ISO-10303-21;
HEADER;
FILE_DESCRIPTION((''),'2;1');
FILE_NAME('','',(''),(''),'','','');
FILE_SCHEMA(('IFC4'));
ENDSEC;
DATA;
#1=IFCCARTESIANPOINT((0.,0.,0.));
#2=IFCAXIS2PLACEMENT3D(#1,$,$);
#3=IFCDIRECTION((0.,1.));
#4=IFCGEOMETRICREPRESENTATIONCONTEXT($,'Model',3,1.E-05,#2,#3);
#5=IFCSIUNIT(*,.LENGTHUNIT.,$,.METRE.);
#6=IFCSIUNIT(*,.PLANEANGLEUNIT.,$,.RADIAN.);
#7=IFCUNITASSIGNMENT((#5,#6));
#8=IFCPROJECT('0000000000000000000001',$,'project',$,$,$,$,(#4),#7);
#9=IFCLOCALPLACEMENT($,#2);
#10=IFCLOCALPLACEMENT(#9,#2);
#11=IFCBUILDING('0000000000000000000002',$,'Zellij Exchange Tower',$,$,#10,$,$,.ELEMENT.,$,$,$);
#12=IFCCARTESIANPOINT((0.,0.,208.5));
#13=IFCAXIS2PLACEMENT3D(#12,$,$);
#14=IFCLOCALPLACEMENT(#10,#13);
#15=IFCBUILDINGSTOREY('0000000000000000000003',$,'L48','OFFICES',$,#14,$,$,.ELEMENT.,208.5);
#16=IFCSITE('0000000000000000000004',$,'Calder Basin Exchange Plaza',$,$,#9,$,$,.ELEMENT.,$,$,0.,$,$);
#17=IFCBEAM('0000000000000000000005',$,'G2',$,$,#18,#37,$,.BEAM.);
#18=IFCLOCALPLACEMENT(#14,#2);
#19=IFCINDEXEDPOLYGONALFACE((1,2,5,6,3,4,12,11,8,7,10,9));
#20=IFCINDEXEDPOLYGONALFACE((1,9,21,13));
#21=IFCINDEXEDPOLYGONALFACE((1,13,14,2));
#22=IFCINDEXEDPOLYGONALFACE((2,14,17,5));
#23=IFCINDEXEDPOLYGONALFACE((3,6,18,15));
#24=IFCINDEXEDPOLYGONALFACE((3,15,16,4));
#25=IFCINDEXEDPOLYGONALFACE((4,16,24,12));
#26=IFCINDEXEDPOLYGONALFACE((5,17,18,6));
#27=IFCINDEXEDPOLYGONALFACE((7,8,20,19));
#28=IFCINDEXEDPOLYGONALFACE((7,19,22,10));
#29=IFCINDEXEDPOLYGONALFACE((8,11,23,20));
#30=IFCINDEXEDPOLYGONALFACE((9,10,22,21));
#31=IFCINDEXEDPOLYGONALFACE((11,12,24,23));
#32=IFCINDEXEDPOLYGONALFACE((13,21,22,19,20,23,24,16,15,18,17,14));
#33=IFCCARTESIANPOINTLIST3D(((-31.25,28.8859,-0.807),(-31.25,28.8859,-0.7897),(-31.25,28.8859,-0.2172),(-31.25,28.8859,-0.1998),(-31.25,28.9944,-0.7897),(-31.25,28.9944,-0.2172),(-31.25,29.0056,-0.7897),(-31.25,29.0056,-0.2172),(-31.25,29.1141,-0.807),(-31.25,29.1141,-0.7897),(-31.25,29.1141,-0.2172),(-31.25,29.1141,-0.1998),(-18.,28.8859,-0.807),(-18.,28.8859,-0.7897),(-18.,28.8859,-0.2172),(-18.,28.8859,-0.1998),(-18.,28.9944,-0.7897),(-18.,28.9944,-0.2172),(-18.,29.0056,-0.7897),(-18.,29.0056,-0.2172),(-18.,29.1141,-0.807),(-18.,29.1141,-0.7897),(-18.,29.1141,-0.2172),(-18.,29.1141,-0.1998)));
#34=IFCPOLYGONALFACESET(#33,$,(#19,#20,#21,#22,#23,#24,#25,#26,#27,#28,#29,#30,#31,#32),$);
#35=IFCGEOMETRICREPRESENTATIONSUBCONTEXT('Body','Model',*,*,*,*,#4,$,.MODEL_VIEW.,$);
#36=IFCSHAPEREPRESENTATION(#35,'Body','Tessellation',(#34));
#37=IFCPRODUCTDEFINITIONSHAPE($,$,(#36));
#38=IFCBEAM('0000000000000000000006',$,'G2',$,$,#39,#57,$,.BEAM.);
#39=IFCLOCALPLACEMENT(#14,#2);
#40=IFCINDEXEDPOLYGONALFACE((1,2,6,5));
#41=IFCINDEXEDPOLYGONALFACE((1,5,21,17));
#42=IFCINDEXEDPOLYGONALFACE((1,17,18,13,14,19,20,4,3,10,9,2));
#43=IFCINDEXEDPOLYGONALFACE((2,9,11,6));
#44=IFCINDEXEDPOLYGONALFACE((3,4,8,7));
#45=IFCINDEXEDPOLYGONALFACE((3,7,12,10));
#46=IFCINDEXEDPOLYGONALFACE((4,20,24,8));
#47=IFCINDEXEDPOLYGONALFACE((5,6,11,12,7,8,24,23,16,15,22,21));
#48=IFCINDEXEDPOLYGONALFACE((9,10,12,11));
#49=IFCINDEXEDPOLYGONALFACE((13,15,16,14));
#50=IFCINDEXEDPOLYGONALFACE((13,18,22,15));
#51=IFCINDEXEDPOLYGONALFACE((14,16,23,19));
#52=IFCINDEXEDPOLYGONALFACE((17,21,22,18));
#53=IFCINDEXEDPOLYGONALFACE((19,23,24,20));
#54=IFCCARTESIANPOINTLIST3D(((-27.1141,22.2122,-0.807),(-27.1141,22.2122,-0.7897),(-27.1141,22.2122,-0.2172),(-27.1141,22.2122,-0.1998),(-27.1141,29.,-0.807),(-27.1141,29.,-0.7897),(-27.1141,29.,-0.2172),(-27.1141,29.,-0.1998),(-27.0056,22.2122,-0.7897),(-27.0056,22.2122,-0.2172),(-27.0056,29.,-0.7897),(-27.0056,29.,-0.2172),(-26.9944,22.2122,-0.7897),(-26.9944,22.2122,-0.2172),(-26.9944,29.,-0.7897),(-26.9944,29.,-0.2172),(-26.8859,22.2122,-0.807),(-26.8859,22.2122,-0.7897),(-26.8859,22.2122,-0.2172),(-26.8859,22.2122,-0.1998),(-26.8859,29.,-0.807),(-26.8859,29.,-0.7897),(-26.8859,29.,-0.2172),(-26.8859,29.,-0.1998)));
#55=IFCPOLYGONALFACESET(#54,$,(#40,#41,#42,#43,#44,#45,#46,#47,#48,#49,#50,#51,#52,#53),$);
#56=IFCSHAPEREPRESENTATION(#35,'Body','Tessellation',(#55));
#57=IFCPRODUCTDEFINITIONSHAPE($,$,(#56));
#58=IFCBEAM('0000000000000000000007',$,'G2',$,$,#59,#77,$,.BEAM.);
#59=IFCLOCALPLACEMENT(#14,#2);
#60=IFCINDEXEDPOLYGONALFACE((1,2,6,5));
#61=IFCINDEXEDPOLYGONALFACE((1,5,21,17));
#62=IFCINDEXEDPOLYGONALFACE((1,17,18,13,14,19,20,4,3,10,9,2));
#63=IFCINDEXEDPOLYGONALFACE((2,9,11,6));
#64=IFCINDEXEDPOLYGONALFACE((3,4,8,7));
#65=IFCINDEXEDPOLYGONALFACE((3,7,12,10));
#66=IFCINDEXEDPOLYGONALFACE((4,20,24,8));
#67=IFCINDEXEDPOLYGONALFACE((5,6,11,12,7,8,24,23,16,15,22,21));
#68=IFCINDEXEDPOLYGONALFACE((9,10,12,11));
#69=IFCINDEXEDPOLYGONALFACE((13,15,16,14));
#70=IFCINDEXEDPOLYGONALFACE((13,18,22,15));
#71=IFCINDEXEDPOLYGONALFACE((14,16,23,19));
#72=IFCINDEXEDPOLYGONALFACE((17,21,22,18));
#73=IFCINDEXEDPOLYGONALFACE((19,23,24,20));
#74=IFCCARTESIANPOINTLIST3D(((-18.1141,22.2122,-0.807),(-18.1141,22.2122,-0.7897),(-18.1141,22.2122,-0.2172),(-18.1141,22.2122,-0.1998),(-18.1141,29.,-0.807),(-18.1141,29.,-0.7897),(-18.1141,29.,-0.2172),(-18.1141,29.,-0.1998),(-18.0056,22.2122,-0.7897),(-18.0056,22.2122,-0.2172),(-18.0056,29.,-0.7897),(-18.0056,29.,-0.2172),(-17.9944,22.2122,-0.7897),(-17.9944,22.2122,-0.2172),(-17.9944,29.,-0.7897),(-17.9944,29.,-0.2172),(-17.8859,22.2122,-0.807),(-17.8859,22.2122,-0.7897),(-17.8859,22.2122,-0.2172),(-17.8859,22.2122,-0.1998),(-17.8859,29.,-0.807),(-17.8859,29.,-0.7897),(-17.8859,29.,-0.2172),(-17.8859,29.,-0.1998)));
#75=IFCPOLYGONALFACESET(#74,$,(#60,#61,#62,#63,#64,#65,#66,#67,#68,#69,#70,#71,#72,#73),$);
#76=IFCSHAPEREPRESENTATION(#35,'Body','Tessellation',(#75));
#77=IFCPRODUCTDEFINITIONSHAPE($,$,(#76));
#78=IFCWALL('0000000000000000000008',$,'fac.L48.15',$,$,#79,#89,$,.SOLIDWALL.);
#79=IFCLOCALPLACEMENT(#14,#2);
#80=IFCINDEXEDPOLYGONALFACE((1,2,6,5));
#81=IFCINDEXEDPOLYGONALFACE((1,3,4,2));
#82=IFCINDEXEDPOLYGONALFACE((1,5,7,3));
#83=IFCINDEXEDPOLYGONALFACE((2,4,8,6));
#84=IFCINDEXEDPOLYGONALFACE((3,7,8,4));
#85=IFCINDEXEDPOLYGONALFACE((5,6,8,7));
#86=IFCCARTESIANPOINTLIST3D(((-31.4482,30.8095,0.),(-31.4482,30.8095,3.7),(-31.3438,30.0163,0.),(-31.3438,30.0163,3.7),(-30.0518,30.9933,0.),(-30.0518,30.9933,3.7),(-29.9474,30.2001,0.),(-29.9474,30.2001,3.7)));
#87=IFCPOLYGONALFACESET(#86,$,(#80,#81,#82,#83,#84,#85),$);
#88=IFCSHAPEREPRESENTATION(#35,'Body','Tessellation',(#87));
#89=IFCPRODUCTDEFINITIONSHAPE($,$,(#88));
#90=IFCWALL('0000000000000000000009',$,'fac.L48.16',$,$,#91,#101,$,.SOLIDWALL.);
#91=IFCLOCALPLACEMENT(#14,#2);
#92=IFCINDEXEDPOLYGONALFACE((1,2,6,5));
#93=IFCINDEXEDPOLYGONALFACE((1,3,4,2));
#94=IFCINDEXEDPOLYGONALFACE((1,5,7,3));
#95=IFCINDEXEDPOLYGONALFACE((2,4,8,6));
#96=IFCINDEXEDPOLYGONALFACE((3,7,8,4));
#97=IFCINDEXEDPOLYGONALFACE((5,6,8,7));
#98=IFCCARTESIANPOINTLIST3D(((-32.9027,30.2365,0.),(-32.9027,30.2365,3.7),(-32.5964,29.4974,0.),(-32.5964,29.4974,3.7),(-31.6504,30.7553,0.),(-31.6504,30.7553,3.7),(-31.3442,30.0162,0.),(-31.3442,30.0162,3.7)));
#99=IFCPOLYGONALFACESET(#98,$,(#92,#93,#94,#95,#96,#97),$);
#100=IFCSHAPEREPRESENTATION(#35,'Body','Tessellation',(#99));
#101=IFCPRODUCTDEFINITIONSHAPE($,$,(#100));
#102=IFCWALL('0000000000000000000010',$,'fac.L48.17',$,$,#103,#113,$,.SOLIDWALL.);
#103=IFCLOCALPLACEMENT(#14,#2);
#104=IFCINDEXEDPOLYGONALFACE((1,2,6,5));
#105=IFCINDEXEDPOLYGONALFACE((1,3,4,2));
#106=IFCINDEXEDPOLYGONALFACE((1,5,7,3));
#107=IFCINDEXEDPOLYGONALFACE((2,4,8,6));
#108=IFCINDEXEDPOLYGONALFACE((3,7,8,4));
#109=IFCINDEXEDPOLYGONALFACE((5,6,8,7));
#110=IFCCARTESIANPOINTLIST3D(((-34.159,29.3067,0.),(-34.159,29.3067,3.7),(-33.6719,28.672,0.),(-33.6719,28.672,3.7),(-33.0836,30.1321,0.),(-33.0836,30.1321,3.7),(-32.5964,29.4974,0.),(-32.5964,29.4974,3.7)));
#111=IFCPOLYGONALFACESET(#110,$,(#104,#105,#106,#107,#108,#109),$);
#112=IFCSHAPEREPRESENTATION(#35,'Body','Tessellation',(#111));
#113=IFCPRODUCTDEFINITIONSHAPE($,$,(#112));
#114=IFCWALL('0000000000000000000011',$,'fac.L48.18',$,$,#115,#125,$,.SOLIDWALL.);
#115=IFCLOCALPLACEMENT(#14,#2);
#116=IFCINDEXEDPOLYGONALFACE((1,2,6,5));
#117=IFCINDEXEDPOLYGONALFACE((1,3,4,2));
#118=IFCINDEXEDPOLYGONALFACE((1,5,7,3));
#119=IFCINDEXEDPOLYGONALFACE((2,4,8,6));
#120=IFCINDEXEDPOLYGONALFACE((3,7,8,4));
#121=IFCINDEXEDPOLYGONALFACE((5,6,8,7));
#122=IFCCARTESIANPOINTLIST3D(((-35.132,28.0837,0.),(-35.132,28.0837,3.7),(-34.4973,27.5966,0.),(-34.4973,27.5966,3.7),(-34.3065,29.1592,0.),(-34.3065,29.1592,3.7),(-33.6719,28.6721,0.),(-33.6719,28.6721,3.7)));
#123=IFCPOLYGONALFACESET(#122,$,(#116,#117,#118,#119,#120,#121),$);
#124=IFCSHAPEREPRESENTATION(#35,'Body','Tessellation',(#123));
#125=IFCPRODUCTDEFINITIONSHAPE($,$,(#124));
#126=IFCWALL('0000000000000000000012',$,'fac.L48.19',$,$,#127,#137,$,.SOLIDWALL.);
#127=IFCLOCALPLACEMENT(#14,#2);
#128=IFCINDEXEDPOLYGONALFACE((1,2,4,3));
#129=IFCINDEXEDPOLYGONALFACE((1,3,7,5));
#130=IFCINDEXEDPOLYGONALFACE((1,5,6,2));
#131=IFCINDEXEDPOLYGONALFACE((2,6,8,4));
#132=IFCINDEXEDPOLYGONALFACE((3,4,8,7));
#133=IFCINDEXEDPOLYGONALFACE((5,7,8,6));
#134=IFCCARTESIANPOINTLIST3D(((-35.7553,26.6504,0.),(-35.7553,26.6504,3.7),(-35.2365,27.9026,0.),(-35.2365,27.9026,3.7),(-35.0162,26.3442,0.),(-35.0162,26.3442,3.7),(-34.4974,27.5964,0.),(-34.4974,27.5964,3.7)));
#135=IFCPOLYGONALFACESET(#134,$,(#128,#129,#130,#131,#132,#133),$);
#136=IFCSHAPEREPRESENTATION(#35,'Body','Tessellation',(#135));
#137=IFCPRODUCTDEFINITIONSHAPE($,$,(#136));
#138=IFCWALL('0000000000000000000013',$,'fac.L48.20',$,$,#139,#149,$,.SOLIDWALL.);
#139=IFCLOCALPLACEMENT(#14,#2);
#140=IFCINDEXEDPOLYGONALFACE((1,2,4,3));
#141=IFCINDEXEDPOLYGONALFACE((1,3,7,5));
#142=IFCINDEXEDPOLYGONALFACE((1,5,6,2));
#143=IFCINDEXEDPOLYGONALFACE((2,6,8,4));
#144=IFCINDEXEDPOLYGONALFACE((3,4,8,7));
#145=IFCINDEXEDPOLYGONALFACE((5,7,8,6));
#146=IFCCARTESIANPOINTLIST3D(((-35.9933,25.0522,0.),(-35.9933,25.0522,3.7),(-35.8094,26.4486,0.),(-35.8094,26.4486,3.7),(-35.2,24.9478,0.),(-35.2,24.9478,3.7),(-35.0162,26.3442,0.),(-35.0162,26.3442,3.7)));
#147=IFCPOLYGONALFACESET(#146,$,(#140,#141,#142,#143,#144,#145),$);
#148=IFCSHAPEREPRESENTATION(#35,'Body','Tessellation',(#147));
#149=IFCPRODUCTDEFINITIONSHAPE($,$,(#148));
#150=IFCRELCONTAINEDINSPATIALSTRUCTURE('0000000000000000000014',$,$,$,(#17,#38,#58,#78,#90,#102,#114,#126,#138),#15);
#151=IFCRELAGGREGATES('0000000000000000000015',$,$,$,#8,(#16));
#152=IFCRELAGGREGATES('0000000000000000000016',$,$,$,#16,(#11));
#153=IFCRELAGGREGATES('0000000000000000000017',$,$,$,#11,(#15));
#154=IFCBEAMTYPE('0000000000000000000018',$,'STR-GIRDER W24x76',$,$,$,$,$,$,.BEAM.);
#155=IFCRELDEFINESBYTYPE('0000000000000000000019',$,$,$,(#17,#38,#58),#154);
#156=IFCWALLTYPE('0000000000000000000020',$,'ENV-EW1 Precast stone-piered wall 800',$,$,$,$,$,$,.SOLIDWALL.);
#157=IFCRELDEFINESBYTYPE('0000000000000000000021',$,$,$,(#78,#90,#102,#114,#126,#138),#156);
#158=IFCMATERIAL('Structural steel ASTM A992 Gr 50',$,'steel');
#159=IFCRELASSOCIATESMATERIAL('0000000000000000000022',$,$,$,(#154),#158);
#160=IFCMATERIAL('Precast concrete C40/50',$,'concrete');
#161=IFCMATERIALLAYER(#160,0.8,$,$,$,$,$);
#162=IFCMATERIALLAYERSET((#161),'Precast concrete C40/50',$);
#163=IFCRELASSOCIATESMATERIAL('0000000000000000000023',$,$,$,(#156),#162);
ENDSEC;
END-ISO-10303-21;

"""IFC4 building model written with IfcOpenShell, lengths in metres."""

from ifc_helpers import new_model, si_unit, direction, frame, frame_2d, origin, origin_2d, place, context, subcontext, project, spatial, rectangle, i_section, extrude, material, layer, layer_set, material_profile, profile_set, type_object, element, save


model = new_model("IFC4")

# Units and contexts
model_context = context("Model", 3, precision=1e-05, world=origin(), true_north=direction((0.0, 1.0)))
body_context = subcontext(model_context, "Body", "Model", "MODEL_VIEW")
ifc_project = project(units=[si_unit("LENGTHUNIT", "METRE"), si_unit("PLANEANGLEUNIT", "RADIAN")], contexts=[model_context])

# Site, building, storey
site_placement = place(None, origin())
site = spatial("IfcSite", under=ifc_project, at=site_placement, Name="Calder Basin Exchange Plaza", CompositionType="ELEMENT", RefElevation=0.0)
building_placement = place(site_placement, origin())
building = spatial("IfcBuilding", under=site, at=building_placement, Name="Zellij Exchange Tower", CompositionType="ELEMENT")
storey_placement = place(building_placement, frame((0.0, 0.0, 208.5)))
storey = spatial("IfcBuildingStorey", under=building, at=storey_placement, Name="L48", Description="OFFICES", CompositionType="ELEMENT", Elevation=208.5)

# Beams
ifc_material_1 = material(Name="Structural steel ASTM A992 Gr 50", Category="steel")
ifc_material_profile_1 = material_profile(ifc_material_1, i_section(OverallWidth=0.2283, OverallDepth=0.6072, WebThickness=0.0112, FlangeThickness=0.0173, at=origin_2d()), Name="W24x76")
ifc_profile_set_1 = profile_set([ifc_material_profile_1], Name="Structural steel ASTM A992 Gr 50")
beam_type_1 = type_object("IfcBeamType", Name="STR-GIRDER W24x76", PredefinedType="BEAM", material=ifc_profile_set_1)
beam_1_placement = place(storey_placement, frame((-31.25, 29.0, -0.5034), z_axis=(1.0, 0.0, 0.0), x_axis=(0.0, 1.0, 0.0)))
element("IfcBeam", 1, at=beam_1_placement, inside=storey, type_object=beam_type_1, Name="G2", PredefinedType="BEAM", context=body_context, shape_type="SweptSolid", body=[
    extrude(i_section(OverallWidth=0.2283, OverallDepth=0.6072, WebThickness=0.0112, FlangeThickness=0.0173, at=origin_2d()), origin(), (0.0, 0.0, 1.0), 13.25),
])
for number, where, z_axis, x_axis, name in (
    (2, (-27.0, 22.2122, -0.5034), (0.0, 1.0, 0.0), (-1.0, 0.0, 0.0), "G2"),
    (3, (-18.0, 22.2122, -0.5034), (0.0, 1.0, 0.0), (-1.0, 0.0, 0.0), "G2"),
):
    element("IfcBeam", number, at=place(storey_placement, frame(where, z_axis=z_axis, x_axis=x_axis)), inside=storey, type_object=beam_type_1, Name=name, PredefinedType="BEAM", context=body_context, shape_type="SweptSolid", body=[
        extrude(i_section(OverallWidth=0.2283, OverallDepth=0.6072, WebThickness=0.0112, FlangeThickness=0.0173, at=origin_2d()), origin(), (0.0, 0.0, 1.0), 6.7878),
    ])

# Walls
ifc_material_2 = material(Name="Precast concrete C40/50", Category="concrete")
ifc_layer_1 = layer(ifc_material_2, 0.8)
ifc_layer_set_1 = layer_set([ifc_layer_1], Name="Precast concrete C40/50")
wall_type_1 = type_object("IfcWallType", Name="ENV-EW1 Precast stone-piered wall 800", PredefinedType="SOLIDWALL", material=ifc_layer_set_1)
wall_1_placement = place(storey_placement, frame((-29.9998, 30.5967, 0.0), z_axis=(0.0, 0.0, 1.0), x_axis=(-0.991446, -0.130517, 0.0)))
element("IfcWall", 4, at=wall_1_placement, inside=storey, type_object=wall_type_1, Name="fac.L48.15", PredefinedType="SOLIDWALL", context=body_context, shape_type="SweptSolid", body=[
    extrude(rectangle(XDim=1.4084, YDim=0.8, at=frame_2d((0.7041, 0.0))), origin(), (0.0, 0.0, 1.0), 3.7),
])
wall_2_placement = place(storey_placement, frame((-31.4973, 30.3857, 0.0), z_axis=(0.0, 0.0, 1.0), x_axis=(-0.923848, -0.38276, 0.0)))
element("IfcWall", 5, at=wall_2_placement, inside=storey, type_object=wall_type_1, Name="fac.L48.16", PredefinedType="SOLIDWALL", context=body_context, shape_type="SweptSolid", body=[
    extrude(rectangle(XDim=1.3555, YDim=0.8, at=frame_2d((0.6777, 0.0))), origin(), (0.0, 0.0, 1.0), 3.7),
])
for number, where, z_axis, x_axis, name in (
    (6, (-32.8401, 29.8147, 0.0), (0.0, 0.0, 1.0), (-0.793273, -0.608866, 0.0), "fac.L48.17"),
    (7, (-33.9893, 28.9155, 0.0), (0.0, 0.0, 1.0), (-0.608866, -0.793273, 0.0), "fac.L48.18"),
):
    element("IfcWall", number, at=place(storey_placement, frame(where, z_axis=z_axis, x_axis=x_axis)), inside=storey, type_object=wall_type_1, Name=name, PredefinedType="SOLIDWALL", context=body_context, shape_type="SweptSolid", body=[
        extrude(rectangle(XDim=1.3557, YDim=0.8, at=frame_2d((0.6777, 0.0))), origin(), (0.0, 0.0, 1.0), 3.7),
    ])
wall_3_placement = place(storey_placement, frame((-34.8669, 27.7495, 0.0), z_axis=(0.0, 0.0, 1.0), x_axis=(-0.38276, -0.923848, 0.0)))
element("IfcWall", 8, at=wall_3_placement, inside=storey, type_object=wall_type_1, Name="fac.L48.19", PredefinedType="SOLIDWALL", context=body_context, shape_type="SweptSolid", body=[
    extrude(rectangle(XDim=1.3555, YDim=0.8, at=frame_2d((0.6777, 0.0))), origin(), (0.0, 0.0, 1.0), 3.7),
])
wall_4_placement = place(storey_placement, frame((-35.4128, 26.3962, 0.0), z_axis=(0.0, 0.0, 1.0), x_axis=(-0.130517, -0.991446, 0.0)))
element("IfcWall", 9, at=wall_4_placement, inside=storey, type_object=wall_type_1, Name="fac.L48.20", PredefinedType="SOLIDWALL", context=body_context, shape_type="SweptSolid", body=[
    extrude(rectangle(XDim=1.4084, YDim=0.8, at=frame_2d((0.7041, 0.0))), origin(), (0.0, 0.0, 1.0), 3.7),
])

save(model, "model.ifc")
